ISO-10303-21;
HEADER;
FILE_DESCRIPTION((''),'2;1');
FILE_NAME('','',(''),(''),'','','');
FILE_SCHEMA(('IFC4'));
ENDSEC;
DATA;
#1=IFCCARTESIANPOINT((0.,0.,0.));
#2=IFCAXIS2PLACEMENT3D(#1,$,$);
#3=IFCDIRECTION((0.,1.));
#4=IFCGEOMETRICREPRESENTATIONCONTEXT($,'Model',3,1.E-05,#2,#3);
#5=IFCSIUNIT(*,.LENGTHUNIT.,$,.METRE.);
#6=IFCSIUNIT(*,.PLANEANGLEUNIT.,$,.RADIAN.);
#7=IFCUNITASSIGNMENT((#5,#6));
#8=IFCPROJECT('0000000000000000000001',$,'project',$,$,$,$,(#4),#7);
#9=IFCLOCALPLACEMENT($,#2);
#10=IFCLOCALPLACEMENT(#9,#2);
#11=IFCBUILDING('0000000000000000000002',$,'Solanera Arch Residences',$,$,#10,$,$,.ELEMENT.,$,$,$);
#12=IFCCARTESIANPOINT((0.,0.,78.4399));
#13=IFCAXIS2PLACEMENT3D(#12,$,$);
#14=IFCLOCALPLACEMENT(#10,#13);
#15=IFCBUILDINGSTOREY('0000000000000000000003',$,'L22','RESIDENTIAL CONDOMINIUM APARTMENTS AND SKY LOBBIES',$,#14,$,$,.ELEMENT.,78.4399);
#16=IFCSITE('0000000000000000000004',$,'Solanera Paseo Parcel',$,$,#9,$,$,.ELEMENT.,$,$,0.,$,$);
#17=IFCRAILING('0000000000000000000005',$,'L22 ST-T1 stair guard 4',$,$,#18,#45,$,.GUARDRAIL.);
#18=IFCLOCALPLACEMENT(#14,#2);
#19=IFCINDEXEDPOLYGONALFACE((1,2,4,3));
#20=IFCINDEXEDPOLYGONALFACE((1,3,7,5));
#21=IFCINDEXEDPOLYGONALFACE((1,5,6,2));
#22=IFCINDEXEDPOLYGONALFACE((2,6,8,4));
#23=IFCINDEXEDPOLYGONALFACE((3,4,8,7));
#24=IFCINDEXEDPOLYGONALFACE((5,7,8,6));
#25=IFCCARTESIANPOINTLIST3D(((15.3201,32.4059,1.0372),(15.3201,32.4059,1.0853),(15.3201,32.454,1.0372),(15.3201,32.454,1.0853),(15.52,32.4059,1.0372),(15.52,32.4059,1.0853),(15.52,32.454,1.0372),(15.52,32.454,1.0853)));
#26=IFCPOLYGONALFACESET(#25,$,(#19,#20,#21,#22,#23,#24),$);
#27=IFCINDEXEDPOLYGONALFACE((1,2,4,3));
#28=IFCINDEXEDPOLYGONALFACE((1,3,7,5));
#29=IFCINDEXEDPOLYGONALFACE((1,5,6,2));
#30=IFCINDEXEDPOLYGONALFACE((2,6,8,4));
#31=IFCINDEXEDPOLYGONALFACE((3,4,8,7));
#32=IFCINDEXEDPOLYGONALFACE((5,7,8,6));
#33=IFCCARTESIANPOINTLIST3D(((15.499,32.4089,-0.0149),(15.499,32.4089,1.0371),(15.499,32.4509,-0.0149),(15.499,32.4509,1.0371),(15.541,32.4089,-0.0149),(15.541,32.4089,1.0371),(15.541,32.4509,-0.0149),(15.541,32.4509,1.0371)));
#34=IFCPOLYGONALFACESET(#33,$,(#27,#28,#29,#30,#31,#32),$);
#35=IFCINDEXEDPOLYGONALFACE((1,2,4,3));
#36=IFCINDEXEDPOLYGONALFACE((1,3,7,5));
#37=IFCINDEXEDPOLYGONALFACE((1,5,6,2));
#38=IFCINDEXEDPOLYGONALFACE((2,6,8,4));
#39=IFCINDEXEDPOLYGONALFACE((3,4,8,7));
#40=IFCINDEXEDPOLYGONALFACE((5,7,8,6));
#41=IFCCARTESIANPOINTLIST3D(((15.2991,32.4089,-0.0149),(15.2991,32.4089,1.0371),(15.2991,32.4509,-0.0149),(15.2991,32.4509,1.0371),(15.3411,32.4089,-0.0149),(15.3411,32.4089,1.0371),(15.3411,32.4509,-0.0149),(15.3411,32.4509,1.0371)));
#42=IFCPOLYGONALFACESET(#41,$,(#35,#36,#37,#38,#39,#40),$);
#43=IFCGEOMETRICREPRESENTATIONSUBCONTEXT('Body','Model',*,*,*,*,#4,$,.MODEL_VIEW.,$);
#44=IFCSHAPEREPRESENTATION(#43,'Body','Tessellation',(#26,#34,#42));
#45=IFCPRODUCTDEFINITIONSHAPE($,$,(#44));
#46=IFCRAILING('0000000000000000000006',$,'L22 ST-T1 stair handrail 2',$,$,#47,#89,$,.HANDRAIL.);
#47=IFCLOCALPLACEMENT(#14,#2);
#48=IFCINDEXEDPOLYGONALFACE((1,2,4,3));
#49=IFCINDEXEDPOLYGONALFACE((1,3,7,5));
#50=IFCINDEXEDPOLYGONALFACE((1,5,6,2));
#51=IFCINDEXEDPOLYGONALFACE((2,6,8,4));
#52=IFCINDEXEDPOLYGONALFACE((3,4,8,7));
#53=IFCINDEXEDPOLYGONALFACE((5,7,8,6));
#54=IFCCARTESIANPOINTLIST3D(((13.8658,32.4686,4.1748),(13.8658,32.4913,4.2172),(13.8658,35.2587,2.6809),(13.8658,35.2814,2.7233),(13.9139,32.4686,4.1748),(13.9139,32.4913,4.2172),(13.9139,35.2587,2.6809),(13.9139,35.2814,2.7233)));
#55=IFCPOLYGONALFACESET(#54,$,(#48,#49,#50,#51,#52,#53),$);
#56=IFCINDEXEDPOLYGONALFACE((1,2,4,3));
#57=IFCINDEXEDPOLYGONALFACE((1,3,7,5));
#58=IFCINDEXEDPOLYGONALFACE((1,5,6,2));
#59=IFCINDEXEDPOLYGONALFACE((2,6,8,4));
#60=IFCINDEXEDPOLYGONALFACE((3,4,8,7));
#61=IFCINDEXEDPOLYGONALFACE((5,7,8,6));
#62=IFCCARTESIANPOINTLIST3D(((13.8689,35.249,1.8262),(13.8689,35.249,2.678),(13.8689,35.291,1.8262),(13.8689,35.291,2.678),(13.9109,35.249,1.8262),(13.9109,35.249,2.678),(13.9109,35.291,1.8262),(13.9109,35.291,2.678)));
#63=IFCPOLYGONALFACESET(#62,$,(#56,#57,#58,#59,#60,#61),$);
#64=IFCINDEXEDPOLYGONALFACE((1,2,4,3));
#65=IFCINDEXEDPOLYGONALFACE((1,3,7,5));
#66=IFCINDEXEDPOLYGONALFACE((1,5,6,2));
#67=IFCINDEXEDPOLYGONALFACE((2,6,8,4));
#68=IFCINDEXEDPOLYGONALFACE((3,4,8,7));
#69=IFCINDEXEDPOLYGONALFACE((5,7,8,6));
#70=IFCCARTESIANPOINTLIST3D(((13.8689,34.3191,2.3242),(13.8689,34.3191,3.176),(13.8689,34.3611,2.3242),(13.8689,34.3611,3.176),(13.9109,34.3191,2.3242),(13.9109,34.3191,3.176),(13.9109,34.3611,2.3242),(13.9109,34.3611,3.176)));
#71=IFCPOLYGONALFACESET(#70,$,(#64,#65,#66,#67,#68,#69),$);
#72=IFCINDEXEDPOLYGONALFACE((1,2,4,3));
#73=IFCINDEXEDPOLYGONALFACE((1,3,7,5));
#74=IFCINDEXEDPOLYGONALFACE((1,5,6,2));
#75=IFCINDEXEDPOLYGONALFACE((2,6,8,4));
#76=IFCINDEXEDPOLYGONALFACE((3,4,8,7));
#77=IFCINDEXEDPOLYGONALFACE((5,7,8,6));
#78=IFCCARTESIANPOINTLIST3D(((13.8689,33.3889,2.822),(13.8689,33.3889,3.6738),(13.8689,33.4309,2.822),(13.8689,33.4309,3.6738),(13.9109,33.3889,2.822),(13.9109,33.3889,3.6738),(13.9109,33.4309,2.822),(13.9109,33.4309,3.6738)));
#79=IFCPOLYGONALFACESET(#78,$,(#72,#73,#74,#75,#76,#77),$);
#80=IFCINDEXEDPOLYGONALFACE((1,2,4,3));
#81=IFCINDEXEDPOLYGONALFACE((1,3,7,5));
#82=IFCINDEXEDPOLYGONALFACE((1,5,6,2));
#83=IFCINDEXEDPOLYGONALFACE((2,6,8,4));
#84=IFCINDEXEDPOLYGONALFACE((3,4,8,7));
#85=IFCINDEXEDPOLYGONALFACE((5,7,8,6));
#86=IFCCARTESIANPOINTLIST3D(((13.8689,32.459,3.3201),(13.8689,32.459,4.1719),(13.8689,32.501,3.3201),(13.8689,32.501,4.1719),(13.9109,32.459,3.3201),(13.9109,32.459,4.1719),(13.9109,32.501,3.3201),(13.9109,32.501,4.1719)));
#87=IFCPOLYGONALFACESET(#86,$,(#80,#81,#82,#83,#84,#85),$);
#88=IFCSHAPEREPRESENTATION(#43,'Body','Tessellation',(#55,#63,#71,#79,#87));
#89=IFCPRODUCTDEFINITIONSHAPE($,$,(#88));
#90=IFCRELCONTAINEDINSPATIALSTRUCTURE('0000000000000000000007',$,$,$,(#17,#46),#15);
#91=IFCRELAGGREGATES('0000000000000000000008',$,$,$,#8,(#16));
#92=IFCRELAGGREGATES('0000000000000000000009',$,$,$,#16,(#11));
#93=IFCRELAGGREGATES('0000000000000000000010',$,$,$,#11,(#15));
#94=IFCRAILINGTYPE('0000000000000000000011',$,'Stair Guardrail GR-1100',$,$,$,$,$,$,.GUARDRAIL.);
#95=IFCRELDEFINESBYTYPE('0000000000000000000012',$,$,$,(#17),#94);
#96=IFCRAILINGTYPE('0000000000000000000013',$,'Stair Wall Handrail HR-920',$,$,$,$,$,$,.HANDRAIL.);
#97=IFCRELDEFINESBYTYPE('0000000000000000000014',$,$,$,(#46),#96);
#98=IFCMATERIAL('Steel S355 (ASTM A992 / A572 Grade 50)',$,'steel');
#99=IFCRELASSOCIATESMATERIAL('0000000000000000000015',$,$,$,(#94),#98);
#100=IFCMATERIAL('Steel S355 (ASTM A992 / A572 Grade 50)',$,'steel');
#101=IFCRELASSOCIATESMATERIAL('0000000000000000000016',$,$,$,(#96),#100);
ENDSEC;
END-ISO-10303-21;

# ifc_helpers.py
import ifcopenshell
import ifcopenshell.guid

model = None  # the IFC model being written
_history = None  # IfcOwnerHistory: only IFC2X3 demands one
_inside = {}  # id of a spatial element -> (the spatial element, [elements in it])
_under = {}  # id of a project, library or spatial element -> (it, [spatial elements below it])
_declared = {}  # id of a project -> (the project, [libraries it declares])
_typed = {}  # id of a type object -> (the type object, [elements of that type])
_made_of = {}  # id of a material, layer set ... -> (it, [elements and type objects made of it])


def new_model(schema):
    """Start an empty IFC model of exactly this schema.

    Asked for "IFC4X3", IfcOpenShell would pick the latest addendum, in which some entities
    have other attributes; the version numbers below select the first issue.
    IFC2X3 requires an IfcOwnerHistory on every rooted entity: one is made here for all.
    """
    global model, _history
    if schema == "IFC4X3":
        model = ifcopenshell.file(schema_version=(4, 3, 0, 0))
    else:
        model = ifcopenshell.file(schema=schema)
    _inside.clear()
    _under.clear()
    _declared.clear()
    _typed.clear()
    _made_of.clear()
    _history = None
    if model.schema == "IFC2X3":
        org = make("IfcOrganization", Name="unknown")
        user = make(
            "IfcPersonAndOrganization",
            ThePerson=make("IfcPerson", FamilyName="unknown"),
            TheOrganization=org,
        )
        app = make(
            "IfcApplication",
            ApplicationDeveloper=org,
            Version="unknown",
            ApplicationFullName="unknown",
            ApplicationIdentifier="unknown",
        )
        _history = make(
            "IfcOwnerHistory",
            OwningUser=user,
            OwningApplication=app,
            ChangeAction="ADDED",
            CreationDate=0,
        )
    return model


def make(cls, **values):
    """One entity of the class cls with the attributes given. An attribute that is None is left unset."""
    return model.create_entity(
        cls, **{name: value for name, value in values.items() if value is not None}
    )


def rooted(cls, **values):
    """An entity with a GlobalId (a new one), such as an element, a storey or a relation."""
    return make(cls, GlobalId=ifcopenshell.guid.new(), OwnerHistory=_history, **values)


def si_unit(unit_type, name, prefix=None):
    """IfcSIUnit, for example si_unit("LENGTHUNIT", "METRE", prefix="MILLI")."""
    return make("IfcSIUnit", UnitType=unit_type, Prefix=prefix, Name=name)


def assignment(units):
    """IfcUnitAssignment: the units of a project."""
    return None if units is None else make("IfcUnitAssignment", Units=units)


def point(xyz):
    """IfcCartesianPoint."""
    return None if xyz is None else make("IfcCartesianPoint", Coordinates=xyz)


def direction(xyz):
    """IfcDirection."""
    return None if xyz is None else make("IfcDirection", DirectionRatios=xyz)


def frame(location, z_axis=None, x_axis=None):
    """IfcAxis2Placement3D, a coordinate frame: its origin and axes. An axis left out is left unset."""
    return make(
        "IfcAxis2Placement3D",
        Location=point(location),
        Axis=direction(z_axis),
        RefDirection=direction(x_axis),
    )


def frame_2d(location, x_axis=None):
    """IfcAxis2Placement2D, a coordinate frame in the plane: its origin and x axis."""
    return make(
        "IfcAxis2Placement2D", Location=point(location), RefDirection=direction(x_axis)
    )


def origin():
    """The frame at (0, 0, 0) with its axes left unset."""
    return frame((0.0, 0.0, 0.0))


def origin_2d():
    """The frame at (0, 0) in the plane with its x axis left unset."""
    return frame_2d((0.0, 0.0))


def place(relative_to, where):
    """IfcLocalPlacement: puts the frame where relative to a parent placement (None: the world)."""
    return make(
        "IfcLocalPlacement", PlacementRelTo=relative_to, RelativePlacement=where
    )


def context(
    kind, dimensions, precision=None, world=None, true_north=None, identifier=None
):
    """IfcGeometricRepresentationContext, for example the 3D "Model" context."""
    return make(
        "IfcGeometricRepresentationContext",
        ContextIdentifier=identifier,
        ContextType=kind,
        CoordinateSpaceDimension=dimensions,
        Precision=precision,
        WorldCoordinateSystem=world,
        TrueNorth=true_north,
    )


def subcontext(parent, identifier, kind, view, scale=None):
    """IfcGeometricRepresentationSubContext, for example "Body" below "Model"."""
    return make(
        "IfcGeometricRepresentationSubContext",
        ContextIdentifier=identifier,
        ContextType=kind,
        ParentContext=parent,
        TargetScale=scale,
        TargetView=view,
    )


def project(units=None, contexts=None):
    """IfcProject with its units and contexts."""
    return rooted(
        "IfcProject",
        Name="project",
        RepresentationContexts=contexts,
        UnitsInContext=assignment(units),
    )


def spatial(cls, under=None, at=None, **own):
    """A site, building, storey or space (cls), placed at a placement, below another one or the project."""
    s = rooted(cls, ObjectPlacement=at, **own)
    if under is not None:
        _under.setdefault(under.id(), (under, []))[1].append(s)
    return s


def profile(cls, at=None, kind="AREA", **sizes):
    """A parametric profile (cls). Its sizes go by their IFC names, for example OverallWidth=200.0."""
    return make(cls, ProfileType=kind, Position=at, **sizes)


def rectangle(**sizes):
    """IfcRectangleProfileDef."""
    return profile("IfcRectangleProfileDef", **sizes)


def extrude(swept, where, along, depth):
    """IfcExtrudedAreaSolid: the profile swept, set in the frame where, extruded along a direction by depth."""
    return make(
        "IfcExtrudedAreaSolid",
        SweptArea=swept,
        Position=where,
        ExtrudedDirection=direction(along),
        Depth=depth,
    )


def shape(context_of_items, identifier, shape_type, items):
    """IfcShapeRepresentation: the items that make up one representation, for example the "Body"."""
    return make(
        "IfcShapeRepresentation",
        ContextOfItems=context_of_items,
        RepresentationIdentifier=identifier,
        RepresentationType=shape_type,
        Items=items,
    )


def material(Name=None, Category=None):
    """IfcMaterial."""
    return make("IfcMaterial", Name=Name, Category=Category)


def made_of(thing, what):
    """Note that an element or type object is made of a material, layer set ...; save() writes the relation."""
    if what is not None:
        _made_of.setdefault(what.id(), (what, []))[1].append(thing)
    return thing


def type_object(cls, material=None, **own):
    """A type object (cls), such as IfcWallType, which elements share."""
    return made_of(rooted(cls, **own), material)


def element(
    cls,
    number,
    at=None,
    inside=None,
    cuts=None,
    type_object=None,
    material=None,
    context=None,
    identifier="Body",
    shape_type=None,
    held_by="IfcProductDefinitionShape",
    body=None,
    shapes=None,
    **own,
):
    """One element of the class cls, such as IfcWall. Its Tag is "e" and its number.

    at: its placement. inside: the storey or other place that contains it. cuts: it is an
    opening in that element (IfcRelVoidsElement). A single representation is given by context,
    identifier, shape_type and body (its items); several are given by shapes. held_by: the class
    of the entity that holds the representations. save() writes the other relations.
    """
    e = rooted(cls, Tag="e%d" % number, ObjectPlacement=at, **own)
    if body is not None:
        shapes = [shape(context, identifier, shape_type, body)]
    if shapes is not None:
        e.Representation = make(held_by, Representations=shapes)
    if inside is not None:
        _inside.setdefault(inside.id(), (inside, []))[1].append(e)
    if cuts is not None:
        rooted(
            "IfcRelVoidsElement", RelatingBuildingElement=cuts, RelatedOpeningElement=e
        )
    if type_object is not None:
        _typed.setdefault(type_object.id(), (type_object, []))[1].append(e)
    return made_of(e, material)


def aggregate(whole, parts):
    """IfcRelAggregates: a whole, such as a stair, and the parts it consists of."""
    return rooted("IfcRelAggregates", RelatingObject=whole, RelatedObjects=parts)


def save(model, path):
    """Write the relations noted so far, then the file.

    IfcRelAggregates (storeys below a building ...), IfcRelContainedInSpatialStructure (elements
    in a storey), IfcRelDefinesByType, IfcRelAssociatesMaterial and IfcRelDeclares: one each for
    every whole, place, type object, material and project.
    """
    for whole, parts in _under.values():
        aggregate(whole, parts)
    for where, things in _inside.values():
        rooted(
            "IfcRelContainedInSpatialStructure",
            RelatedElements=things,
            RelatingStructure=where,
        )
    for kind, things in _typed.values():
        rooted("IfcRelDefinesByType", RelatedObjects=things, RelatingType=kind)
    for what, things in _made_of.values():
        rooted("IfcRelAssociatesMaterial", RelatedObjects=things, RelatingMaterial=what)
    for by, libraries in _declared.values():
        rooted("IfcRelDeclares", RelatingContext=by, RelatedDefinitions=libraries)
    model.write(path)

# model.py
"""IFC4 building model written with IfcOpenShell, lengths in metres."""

from ifc_helpers import new_model, si_unit, direction, frame, origin, origin_2d, place, context, subcontext, project, spatial, rectangle, extrude, material, type_object, element, save


model = new_model("IFC4")

# Units and contexts
model_context = context("Model", 3, precision=1e-05, world=origin(), true_north=direction((0.0, 1.0)))
body_context = subcontext(model_context, "Body", "Model", "MODEL_VIEW")
ifc_project = project(units=[si_unit("LENGTHUNIT", "METRE"), si_unit("PLANEANGLEUNIT", "RADIAN")], contexts=[model_context])

# Site, building, storey
site_placement = place(None, origin())
site = spatial("IfcSite", under=ifc_project, at=site_placement, Name="Solanera Paseo Parcel", CompositionType="ELEMENT", RefElevation=0.0)
building_placement = place(site_placement, origin())
building = spatial("IfcBuilding", under=site, at=building_placement, Name="Solanera Arch Residences", CompositionType="ELEMENT")
storey_placement = place(building_placement, frame((0.0, 0.0, 78.4399)))
storey = spatial("IfcBuildingStorey", under=building, at=storey_placement, Name="L22", Description="RESIDENTIAL CONDOMINIUM APARTMENTS AND SKY LOBBIES", CompositionType="ELEMENT", Elevation=78.4399)

# Railings
ifc_material_1 = material(Name="Steel S355 (ASTM A992 / A572 Grade 50)", Category="steel")
railing_type_1 = type_object("IfcRailingType", Name="Stair Guardrail GR-1100", PredefinedType="GUARDRAIL", material=ifc_material_1)
railing_1_placement = place(storey_placement, frame((15.52, 32.4299, -0.0149)))
element("IfcRailing", 1, at=railing_1_placement, inside=storey, type_object=railing_type_1, Name="L22 ST-T1 stair guard 4", PredefinedType="GUARDRAIL", context=body_context, shape_type="SweptSolid", body=[
    extrude(rectangle(XDim=0.0481, YDim=0.0481, at=origin_2d()), frame((0.0, 0.0, 1.0762), z_axis=(-1.0, 0.0, 0.0), x_axis=(0.0, -1.0, 0.0)), (0.0, 0.0, 1.0), 0.2),
    extrude(rectangle(XDim=0.042, YDim=0.042, at=origin_2d()), origin(), (0.0, 0.0, 1.0), 1.052),
    extrude(rectangle(XDim=0.042, YDim=0.042, at=origin_2d()), frame((-0.2, 0.0, 0.0)), (0.0, 0.0, 1.0), 1.052),
])
ifc_material_2 = material(Name="Steel S355 (ASTM A992 / A572 Grade 50)", Category="steel")
railing_type_2 = type_object("IfcRailingType", Name="Stair Wall Handrail HR-920", PredefinedType="HANDRAIL", material=ifc_material_2)
railing_2_placement = place(storey_placement, frame((13.8899, 35.27, 1.8262)))
element("IfcRailing", 2, at=railing_2_placement, inside=storey, type_object=railing_type_2, Name="L22 ST-T1 stair handrail 2", PredefinedType="HANDRAIL", context=body_context, shape_type="SweptSolid", body=[
    extrude(rectangle(XDim=0.0481, YDim=0.0481, at=origin_2d()), frame((0.0, 0.0, 0.876), z_axis=(0.0, -0.881581, 0.472033), x_axis=(1.0, 0.0, 0.0)), (0.0, 0.0, 1.0), 3.1648),
    extrude(rectangle(XDim=0.042, YDim=0.042, at=origin_2d()), origin(), (0.0, 0.0, 1.0), 0.8518),
    extrude(rectangle(XDim=0.042, YDim=0.042, at=origin_2d()), frame((0.0, -0.9299, 0.498)), (0.0, 0.0, 1.0), 0.8518),
    extrude(rectangle(XDim=0.042, YDim=0.042, at=origin_2d()), frame((0.0, -1.8601, 0.9958)), (0.0, 0.0, 1.0), 0.8518),
    extrude(rectangle(XDim=0.042, YDim=0.042, at=origin_2d()), frame((0.0, -2.79, 1.4939)), (0.0, 0.0, 1.0), 0.8518),
])

save(model, "model.ifc")
